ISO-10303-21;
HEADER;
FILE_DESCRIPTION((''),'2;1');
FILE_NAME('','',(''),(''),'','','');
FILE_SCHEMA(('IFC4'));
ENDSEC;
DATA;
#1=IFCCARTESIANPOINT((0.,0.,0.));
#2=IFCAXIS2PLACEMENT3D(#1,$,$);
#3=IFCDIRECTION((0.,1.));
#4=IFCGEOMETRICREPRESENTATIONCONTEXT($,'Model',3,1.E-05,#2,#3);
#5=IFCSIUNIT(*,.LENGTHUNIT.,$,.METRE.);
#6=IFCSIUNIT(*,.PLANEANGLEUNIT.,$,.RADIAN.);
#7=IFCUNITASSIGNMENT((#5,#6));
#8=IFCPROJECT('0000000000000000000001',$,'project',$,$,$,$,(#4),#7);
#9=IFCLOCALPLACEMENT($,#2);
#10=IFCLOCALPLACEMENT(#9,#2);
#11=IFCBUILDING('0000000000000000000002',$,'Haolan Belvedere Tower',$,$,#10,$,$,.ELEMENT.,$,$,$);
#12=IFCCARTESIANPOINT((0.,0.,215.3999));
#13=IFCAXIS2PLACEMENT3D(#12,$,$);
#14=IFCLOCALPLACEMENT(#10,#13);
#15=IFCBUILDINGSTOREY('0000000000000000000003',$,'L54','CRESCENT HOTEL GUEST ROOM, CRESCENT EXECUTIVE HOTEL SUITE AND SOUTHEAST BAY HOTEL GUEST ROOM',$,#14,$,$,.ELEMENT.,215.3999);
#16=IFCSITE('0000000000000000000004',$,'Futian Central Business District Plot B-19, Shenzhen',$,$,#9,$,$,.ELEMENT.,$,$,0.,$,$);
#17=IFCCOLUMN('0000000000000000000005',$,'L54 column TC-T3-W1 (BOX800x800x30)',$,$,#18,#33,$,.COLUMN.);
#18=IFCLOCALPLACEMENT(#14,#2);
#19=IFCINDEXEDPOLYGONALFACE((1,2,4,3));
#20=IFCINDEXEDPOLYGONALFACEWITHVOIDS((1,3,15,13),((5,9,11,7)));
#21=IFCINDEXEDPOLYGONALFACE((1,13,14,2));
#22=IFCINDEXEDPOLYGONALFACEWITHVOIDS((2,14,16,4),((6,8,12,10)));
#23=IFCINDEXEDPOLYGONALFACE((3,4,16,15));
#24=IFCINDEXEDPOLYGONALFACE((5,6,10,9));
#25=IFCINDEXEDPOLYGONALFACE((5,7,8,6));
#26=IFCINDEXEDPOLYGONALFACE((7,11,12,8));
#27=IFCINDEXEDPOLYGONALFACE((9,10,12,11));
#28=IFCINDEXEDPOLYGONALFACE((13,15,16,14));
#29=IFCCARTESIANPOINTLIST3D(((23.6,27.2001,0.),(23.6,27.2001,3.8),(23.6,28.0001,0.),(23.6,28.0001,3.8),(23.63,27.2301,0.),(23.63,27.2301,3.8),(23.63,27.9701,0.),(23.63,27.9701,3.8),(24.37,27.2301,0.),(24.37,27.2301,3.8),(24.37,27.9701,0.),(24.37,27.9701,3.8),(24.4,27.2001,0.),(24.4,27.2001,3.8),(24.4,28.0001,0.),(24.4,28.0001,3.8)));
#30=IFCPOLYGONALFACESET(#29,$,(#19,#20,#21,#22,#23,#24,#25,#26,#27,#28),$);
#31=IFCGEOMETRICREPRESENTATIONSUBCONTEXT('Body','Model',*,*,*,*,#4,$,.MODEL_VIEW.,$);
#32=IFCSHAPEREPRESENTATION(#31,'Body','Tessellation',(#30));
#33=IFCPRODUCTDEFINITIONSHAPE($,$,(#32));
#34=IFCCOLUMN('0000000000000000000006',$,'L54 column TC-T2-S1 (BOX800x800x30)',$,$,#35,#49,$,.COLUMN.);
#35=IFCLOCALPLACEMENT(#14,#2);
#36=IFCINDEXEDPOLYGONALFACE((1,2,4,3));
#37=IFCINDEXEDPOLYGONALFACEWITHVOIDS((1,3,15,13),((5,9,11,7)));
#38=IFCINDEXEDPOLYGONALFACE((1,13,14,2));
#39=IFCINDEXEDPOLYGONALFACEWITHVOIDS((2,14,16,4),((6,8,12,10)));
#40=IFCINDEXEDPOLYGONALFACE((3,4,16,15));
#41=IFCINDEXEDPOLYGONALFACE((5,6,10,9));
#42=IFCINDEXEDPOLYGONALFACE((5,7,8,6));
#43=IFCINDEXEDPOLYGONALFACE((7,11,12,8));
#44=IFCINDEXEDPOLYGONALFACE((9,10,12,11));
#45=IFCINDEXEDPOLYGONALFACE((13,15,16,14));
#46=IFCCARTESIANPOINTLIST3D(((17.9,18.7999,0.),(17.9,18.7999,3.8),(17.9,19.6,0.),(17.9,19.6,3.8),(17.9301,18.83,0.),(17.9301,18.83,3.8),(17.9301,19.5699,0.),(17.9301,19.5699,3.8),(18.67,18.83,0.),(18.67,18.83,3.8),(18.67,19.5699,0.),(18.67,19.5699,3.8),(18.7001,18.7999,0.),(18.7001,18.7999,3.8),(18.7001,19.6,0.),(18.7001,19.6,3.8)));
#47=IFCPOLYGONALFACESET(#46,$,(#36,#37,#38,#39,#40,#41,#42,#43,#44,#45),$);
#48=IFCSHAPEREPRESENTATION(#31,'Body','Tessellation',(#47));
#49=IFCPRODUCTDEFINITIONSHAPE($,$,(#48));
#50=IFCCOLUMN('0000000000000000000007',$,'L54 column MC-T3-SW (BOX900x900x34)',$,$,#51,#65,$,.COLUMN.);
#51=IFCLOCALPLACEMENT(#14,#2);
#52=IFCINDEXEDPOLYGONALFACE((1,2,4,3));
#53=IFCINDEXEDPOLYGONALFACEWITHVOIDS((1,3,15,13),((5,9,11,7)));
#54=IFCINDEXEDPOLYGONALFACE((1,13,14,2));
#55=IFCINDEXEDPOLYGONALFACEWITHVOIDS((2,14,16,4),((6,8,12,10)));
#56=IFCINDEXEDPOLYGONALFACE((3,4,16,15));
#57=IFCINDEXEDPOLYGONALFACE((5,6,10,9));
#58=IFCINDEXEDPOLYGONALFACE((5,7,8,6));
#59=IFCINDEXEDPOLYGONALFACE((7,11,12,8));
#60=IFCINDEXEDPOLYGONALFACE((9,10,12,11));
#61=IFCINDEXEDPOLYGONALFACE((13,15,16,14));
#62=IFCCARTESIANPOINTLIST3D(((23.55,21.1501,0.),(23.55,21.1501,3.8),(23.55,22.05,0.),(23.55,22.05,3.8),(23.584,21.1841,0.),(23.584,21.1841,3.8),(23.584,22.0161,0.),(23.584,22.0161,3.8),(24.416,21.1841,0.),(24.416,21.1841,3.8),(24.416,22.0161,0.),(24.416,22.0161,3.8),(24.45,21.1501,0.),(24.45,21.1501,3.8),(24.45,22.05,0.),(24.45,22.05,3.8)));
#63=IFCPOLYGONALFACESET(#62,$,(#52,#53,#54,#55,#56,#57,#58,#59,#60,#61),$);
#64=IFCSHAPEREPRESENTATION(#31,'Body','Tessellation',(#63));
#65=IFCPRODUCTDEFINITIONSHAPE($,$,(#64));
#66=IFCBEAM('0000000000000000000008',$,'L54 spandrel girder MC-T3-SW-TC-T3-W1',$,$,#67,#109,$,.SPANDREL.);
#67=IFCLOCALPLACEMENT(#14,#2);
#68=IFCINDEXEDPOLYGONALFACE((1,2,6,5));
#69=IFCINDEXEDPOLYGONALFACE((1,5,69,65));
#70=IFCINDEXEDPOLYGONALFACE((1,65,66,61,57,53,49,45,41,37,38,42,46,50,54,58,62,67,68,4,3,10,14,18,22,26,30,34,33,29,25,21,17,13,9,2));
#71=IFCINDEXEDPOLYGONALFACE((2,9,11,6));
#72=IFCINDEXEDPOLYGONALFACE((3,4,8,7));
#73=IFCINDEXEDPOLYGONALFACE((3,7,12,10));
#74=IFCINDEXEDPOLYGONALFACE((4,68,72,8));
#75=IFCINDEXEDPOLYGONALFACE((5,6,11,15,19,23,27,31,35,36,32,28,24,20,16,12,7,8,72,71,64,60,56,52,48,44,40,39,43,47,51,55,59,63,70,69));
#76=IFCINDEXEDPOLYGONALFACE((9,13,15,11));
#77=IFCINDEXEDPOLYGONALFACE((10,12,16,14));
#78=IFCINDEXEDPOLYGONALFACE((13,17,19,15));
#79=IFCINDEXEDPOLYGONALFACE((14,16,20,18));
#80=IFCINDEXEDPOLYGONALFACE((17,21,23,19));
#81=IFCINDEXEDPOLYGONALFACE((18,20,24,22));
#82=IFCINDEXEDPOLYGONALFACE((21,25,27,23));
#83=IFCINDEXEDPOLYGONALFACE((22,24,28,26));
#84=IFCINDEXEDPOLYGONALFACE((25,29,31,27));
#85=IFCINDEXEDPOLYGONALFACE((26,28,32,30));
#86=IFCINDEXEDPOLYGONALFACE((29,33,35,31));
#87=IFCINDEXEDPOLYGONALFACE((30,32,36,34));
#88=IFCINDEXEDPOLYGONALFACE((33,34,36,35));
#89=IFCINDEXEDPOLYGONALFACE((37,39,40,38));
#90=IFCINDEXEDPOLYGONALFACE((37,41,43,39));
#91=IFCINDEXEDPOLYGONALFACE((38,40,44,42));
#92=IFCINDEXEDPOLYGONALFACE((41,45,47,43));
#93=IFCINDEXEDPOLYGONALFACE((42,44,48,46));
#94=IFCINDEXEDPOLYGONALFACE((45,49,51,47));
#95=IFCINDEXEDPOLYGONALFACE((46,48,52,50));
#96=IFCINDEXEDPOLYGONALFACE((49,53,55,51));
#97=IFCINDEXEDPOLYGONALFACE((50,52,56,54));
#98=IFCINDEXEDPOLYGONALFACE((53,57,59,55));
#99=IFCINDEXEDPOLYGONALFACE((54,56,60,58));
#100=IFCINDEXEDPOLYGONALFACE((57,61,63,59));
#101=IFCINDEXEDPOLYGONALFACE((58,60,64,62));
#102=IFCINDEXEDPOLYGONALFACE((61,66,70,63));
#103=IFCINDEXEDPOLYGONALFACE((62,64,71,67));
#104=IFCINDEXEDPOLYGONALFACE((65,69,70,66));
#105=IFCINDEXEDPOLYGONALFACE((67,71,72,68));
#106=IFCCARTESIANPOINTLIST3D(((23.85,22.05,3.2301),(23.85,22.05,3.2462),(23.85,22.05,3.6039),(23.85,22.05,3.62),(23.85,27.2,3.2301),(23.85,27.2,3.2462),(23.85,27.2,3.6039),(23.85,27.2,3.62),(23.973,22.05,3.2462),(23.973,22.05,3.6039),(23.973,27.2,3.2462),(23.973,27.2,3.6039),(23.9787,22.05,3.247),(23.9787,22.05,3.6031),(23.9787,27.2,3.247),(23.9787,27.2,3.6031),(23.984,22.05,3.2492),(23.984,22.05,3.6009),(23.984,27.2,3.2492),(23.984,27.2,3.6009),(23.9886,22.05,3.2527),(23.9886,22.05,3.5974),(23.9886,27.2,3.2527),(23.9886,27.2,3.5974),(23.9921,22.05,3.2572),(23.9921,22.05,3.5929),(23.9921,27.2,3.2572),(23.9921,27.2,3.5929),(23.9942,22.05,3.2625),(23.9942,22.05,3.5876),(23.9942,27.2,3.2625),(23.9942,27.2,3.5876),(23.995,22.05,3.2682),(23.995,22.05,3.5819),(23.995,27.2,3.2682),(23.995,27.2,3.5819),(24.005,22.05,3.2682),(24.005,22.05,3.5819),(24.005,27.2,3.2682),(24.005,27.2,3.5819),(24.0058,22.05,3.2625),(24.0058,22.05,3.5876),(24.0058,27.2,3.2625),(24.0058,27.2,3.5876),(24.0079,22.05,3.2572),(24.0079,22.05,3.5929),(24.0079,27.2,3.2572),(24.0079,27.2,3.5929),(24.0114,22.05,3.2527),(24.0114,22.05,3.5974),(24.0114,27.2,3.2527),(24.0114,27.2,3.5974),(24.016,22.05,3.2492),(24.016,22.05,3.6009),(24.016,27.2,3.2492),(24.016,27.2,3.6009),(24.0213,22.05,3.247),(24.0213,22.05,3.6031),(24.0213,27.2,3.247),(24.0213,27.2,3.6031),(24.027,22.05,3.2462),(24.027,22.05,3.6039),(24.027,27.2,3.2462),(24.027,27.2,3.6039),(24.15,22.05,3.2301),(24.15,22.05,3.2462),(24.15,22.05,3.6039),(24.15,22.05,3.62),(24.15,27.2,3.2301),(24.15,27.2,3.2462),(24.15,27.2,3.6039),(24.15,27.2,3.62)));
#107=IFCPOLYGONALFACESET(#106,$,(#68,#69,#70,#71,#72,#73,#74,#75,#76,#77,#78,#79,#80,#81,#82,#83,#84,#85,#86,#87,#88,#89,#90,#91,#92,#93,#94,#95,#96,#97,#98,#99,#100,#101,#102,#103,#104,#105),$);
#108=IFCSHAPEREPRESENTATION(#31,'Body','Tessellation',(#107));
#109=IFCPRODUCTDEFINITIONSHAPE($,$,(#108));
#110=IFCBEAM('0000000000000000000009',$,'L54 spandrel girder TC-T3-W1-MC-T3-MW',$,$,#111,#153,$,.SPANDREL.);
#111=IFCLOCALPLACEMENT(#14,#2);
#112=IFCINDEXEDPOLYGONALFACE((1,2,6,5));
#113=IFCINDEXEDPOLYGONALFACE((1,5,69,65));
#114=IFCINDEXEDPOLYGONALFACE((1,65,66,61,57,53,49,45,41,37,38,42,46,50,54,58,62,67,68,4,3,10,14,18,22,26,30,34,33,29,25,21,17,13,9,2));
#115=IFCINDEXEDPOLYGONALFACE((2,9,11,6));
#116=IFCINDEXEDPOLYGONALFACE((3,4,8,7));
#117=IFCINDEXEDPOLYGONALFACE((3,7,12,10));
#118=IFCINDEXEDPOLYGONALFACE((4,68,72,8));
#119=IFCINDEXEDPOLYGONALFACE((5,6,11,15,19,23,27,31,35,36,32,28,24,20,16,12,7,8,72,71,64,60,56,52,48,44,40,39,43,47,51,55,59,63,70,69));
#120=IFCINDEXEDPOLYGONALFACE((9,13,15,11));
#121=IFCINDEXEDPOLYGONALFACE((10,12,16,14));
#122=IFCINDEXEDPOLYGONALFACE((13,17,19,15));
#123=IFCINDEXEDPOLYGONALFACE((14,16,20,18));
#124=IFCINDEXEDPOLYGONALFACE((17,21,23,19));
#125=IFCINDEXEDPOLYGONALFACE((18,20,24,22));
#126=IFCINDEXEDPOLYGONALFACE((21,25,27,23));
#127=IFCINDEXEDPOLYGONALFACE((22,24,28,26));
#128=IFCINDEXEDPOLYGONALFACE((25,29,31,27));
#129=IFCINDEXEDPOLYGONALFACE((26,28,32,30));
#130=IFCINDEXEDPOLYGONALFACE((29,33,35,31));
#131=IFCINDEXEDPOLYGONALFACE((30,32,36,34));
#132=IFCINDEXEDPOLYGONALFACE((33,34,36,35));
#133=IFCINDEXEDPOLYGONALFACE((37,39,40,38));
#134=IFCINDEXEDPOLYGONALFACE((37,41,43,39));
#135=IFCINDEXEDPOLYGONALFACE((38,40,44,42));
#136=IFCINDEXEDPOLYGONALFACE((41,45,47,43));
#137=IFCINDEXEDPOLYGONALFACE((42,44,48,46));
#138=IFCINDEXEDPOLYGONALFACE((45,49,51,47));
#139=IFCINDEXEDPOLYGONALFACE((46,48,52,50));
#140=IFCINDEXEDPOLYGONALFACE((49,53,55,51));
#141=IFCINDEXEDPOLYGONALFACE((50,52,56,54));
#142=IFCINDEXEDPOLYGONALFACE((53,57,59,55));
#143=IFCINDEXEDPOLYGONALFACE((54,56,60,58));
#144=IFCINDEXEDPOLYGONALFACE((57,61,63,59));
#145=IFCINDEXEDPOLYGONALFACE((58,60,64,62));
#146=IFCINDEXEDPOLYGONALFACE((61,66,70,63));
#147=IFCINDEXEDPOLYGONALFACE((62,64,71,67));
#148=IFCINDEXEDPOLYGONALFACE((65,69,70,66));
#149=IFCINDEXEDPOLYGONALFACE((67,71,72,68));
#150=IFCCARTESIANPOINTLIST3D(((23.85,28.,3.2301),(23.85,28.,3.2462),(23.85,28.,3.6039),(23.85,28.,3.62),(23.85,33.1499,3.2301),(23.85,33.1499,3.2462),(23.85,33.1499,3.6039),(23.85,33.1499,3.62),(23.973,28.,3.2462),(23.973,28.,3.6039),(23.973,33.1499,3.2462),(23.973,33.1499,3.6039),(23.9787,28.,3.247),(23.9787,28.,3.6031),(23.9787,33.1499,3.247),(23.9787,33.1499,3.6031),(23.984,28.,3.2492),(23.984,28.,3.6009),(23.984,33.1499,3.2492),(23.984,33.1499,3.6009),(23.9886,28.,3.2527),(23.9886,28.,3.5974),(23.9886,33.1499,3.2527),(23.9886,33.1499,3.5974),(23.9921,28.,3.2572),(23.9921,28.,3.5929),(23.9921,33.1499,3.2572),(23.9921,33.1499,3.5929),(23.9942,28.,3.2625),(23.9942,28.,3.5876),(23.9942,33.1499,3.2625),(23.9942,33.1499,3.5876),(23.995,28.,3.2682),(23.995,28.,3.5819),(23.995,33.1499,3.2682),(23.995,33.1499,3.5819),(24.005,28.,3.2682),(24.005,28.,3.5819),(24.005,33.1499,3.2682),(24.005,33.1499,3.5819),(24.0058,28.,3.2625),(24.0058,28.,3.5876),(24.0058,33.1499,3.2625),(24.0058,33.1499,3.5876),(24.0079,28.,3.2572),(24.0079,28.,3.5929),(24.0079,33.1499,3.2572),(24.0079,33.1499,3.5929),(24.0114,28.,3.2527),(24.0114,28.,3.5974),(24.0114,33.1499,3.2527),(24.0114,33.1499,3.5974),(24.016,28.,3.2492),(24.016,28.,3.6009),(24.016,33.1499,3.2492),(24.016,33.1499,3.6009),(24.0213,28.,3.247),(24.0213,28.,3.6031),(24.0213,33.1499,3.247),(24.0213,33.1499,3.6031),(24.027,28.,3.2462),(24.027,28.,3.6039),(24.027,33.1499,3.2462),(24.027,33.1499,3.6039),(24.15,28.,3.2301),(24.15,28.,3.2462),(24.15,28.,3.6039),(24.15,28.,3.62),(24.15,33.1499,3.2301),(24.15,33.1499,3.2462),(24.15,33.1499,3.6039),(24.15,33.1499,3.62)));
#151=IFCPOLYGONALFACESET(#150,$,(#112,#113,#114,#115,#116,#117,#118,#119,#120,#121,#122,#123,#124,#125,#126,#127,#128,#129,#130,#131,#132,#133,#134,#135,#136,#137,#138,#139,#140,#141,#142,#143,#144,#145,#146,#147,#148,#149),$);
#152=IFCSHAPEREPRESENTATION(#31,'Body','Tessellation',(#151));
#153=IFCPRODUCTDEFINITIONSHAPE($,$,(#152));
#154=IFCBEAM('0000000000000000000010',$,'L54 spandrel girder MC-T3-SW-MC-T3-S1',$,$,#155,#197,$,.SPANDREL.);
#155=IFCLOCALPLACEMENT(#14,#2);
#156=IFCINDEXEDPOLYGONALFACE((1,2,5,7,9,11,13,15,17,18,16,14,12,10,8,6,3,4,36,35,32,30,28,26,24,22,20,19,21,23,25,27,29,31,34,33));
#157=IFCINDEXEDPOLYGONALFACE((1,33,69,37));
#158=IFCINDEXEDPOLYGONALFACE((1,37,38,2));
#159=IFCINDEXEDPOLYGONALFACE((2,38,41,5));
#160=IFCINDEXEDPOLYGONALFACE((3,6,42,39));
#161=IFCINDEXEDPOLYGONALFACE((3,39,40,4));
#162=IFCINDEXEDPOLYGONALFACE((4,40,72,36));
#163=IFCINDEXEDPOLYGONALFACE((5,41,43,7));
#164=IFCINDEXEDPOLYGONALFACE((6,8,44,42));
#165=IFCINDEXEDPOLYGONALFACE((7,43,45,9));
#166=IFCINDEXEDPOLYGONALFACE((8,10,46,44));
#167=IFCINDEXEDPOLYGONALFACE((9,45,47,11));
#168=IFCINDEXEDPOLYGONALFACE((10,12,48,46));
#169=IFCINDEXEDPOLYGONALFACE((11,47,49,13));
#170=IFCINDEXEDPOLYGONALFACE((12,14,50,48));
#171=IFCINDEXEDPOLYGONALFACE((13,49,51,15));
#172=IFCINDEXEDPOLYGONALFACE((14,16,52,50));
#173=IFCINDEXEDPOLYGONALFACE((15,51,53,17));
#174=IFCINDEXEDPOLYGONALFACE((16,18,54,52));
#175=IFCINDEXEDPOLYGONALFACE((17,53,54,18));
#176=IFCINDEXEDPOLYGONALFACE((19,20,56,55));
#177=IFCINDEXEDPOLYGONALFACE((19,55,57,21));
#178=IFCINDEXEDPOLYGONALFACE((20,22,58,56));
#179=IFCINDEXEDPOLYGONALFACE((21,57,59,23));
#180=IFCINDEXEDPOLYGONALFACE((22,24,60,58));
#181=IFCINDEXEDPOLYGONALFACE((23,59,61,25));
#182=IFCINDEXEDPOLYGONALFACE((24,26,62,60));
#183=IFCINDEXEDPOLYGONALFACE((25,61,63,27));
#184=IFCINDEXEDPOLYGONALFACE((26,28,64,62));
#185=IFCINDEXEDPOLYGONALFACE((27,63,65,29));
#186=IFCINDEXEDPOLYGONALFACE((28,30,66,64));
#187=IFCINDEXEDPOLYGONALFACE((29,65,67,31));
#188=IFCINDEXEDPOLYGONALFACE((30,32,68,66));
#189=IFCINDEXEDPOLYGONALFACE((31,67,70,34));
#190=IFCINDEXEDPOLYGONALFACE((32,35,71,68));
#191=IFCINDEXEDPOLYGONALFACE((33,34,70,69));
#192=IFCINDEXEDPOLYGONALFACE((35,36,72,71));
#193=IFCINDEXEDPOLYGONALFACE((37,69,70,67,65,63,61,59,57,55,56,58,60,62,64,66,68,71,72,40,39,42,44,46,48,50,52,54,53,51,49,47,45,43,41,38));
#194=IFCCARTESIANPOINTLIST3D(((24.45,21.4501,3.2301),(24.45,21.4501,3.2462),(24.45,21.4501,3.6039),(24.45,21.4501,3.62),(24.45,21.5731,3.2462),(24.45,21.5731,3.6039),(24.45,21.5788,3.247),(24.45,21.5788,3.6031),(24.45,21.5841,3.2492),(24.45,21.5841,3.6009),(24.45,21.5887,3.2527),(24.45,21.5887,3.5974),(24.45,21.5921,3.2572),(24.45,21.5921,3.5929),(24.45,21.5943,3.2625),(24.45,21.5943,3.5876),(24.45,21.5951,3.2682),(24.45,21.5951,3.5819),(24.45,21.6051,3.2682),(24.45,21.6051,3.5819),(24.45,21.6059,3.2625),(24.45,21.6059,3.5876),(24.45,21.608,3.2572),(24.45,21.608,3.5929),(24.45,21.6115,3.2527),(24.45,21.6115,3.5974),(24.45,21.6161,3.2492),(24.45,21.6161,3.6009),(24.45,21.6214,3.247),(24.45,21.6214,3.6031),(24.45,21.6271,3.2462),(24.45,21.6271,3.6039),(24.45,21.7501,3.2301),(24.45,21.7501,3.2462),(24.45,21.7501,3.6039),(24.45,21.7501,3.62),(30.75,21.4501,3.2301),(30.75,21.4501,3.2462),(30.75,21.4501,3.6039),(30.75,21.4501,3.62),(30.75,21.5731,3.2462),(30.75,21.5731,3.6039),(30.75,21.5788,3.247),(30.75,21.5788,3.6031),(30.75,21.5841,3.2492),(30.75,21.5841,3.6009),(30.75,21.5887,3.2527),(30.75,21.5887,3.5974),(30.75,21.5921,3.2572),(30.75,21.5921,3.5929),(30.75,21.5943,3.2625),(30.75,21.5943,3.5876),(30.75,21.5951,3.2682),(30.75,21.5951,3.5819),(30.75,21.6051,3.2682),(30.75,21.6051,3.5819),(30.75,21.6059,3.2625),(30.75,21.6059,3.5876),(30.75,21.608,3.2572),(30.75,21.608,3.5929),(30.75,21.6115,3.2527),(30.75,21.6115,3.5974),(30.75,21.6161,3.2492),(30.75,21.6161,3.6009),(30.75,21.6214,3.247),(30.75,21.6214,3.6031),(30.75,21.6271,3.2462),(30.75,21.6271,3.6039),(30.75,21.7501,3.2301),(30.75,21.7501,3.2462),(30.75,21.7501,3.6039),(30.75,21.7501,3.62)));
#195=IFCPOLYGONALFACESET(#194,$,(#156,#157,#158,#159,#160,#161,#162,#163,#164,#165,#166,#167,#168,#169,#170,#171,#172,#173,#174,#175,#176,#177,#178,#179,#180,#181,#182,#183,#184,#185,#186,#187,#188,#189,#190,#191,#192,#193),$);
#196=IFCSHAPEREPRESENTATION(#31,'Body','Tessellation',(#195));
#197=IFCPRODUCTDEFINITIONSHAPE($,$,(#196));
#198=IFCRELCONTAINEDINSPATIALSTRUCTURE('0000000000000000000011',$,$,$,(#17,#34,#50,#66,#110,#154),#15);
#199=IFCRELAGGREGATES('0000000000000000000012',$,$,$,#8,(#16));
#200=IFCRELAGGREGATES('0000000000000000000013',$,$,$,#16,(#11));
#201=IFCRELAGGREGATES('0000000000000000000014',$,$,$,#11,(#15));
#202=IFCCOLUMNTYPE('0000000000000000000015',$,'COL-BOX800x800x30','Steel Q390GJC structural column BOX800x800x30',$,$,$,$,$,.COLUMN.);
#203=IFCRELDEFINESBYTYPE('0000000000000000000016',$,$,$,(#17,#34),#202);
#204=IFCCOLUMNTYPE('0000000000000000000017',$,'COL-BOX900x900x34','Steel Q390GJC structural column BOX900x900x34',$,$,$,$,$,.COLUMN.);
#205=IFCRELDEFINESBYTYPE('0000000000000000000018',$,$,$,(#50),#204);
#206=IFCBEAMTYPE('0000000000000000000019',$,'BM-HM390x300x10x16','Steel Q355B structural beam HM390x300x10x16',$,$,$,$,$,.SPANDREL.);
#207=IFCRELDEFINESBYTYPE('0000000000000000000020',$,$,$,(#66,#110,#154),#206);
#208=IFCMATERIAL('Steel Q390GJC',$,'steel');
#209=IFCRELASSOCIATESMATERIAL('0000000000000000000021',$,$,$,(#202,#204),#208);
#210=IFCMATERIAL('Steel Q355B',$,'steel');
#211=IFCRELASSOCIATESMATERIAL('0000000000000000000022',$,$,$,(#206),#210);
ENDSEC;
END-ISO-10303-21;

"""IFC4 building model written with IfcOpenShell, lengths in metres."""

from ifc_helpers import new_model, si_unit, direction, frame, origin, origin_2d, place, context, subcontext, project, spatial, hollow_rectangle, i_section, extrude, material, material_profile, profile_set, type_object, element, save


model = new_model("IFC4")

# Units and contexts
model_context = context("Model", 3, precision=1e-05, world=origin(), true_north=direction((0.0, 1.0)))
body_context = subcontext(model_context, "Body", "Model", "MODEL_VIEW")
ifc_project = project(units=[si_unit("LENGTHUNIT", "METRE"), si_unit("PLANEANGLEUNIT", "RADIAN")], contexts=[model_context])

# Site, building, storey
site_placement = place(None, origin())
site = spatial("IfcSite", under=ifc_project, at=site_placement, Name="Futian Central Business District Plot B-19, Shenzhen", CompositionType="ELEMENT", RefElevation=0.0)
building_placement = place(site_placement, origin())
building = spatial("IfcBuilding", under=site, at=building_placement, Name="Haolan Belvedere Tower", CompositionType="ELEMENT")
storey_placement = place(building_placement, frame((0.0, 0.0, 215.3999)))
storey = spatial("IfcBuildingStorey", under=building, at=storey_placement, Name="L54", Description="CRESCENT HOTEL GUEST ROOM, CRESCENT EXECUTIVE HOTEL SUITE AND SOUTHEAST BAY HOTEL GUEST ROOM", CompositionType="ELEMENT", Elevation=215.3999)

# Columns
ifc_material_1 = material(Name="Steel Q390GJC", Category="steel")
ifc_material_profile_1 = material_profile(ifc_material_1, hollow_rectangle(XDim=0.8, YDim=0.8, WallThickness=0.03, at=origin_2d()), Name="Steel Q390GJC")
ifc_profile_set_1 = profile_set([ifc_material_profile_1], Name="Steel Q390GJC")
column_type_1 = type_object("IfcColumnType", Name="COL-BOX800x800x30", Description="Steel Q390GJC structural column BOX800x800x30", PredefinedType="COLUMN", material=ifc_profile_set_1)
for number, where, z_axis, x_axis, name in (
    (1, (24.0, 27.6001, 0.0), (0.0, 0.0, 1.0), (1.0, 0.0, 0.0), "L54 column TC-T3-W1 (BOX800x800x30)"),
    (2, (18.3, 19.2, 0.0), (0.0, 0.0, 1.0), (1.0, 0.0, 0.0), "L54 column TC-T2-S1 (BOX800x800x30)"),
):
    element("IfcColumn", number, at=place(storey_placement, frame(where, z_axis=z_axis, x_axis=x_axis)), inside=storey, type_object=column_type_1, Name=name, PredefinedType="COLUMN", context=body_context, shape_type="SweptSolid", body=[
        extrude(hollow_rectangle(XDim=0.8, YDim=0.8, WallThickness=0.03, at=origin_2d()), origin(), (0.0, 0.0, 1.0), 3.8),
    ])
ifc_material_profile_2 = material_profile(ifc_material_1, hollow_rectangle(XDim=0.8999, YDim=0.8999, WallThickness=0.0339, at=origin_2d()), Name="Steel Q390GJC")
ifc_profile_set_2 = profile_set([ifc_material_profile_2], Name="Steel Q390GJC")
column_type_2 = type_object("IfcColumnType", Name="COL-BOX900x900x34", Description="Steel Q390GJC structural column BOX900x900x34", PredefinedType="COLUMN", material=ifc_profile_set_2)
column_placement = place(storey_placement, frame((24.0, 21.6001, 0.0), z_axis=(0.0, 0.0, 1.0), x_axis=(1.0, 0.0, 0.0)))
element("IfcColumn", 3, at=column_placement, inside=storey, type_object=column_type_2, Name="L54 column MC-T3-SW (BOX900x900x34)", PredefinedType="COLUMN", context=body_context, shape_type="SweptSolid", body=[
    extrude(hollow_rectangle(XDim=0.8999, YDim=0.8999, WallThickness=0.0339, at=origin_2d()), origin(), (0.0, 0.0, 1.0), 3.8),
])

# Beams
ifc_material_2 = material(Name="Steel Q355B", Category="steel")
ifc_material_profile_3 = material_profile(ifc_material_2, i_section(OverallWidth=0.3, OverallDepth=0.3899, WebThickness=0.01, FlangeThickness=0.0161, FilletRadius=0.022, at=origin_2d()), Name="Steel Q355B")
ifc_profile_set_3 = profile_set([ifc_material_profile_3], Name="Steel Q355B")
beam_type_1 = type_object("IfcBeamType", Name="BM-HM390x300x10x16", Description="Steel Q355B structural beam HM390x300x10x16", PredefinedType="SPANDREL", material=ifc_profile_set_3)
for number, where, z_axis, x_axis, name in (
    (4, (24.0, 22.05, 3.425), (0.0, 1.0, 0.0), (-1.0, 0.0, 0.0), "L54 spandrel girder MC-T3-SW-TC-T3-W1"),
    (5, (24.0, 28.0, 3.425), (0.0, 1.0, 0.0), (-1.0, 0.0, 0.0), "L54 spandrel girder TC-T3-W1-MC-T3-MW"),
):
    element("IfcBeam", number, at=place(storey_placement, frame(where, z_axis=z_axis, x_axis=x_axis)), inside=storey, type_object=beam_type_1, Name=name, PredefinedType="SPANDREL", context=body_context, shape_type="SweptSolid", body=[
        extrude(i_section(OverallWidth=0.3, OverallDepth=0.3899, WebThickness=0.01, FlangeThickness=0.0161, FilletRadius=0.022, at=origin_2d()), origin(), (0.0, 0.0, 1.0), 5.1499),
    ])
beam_1_placement = place(storey_placement, frame((24.45, 21.6001, 3.425), z_axis=(1.0, 0.0, 0.0), x_axis=(0.0, 1.0, 0.0)))
element("IfcBeam", 6, at=beam_1_placement, inside=storey, type_object=beam_type_1, Name="L54 spandrel girder MC-T3-SW-MC-T3-S1", PredefinedType="SPANDREL", context=body_context, shape_type="SweptSolid", body=[
    extrude(i_section(OverallWidth=0.3, OverallDepth=0.3899, WebThickness=0.01, FlangeThickness=0.0161, FilletRadius=0.022, at=origin_2d()), origin(), (0.0, 0.0, 1.0), 6.3),
])

save(model, "model.ifc")
